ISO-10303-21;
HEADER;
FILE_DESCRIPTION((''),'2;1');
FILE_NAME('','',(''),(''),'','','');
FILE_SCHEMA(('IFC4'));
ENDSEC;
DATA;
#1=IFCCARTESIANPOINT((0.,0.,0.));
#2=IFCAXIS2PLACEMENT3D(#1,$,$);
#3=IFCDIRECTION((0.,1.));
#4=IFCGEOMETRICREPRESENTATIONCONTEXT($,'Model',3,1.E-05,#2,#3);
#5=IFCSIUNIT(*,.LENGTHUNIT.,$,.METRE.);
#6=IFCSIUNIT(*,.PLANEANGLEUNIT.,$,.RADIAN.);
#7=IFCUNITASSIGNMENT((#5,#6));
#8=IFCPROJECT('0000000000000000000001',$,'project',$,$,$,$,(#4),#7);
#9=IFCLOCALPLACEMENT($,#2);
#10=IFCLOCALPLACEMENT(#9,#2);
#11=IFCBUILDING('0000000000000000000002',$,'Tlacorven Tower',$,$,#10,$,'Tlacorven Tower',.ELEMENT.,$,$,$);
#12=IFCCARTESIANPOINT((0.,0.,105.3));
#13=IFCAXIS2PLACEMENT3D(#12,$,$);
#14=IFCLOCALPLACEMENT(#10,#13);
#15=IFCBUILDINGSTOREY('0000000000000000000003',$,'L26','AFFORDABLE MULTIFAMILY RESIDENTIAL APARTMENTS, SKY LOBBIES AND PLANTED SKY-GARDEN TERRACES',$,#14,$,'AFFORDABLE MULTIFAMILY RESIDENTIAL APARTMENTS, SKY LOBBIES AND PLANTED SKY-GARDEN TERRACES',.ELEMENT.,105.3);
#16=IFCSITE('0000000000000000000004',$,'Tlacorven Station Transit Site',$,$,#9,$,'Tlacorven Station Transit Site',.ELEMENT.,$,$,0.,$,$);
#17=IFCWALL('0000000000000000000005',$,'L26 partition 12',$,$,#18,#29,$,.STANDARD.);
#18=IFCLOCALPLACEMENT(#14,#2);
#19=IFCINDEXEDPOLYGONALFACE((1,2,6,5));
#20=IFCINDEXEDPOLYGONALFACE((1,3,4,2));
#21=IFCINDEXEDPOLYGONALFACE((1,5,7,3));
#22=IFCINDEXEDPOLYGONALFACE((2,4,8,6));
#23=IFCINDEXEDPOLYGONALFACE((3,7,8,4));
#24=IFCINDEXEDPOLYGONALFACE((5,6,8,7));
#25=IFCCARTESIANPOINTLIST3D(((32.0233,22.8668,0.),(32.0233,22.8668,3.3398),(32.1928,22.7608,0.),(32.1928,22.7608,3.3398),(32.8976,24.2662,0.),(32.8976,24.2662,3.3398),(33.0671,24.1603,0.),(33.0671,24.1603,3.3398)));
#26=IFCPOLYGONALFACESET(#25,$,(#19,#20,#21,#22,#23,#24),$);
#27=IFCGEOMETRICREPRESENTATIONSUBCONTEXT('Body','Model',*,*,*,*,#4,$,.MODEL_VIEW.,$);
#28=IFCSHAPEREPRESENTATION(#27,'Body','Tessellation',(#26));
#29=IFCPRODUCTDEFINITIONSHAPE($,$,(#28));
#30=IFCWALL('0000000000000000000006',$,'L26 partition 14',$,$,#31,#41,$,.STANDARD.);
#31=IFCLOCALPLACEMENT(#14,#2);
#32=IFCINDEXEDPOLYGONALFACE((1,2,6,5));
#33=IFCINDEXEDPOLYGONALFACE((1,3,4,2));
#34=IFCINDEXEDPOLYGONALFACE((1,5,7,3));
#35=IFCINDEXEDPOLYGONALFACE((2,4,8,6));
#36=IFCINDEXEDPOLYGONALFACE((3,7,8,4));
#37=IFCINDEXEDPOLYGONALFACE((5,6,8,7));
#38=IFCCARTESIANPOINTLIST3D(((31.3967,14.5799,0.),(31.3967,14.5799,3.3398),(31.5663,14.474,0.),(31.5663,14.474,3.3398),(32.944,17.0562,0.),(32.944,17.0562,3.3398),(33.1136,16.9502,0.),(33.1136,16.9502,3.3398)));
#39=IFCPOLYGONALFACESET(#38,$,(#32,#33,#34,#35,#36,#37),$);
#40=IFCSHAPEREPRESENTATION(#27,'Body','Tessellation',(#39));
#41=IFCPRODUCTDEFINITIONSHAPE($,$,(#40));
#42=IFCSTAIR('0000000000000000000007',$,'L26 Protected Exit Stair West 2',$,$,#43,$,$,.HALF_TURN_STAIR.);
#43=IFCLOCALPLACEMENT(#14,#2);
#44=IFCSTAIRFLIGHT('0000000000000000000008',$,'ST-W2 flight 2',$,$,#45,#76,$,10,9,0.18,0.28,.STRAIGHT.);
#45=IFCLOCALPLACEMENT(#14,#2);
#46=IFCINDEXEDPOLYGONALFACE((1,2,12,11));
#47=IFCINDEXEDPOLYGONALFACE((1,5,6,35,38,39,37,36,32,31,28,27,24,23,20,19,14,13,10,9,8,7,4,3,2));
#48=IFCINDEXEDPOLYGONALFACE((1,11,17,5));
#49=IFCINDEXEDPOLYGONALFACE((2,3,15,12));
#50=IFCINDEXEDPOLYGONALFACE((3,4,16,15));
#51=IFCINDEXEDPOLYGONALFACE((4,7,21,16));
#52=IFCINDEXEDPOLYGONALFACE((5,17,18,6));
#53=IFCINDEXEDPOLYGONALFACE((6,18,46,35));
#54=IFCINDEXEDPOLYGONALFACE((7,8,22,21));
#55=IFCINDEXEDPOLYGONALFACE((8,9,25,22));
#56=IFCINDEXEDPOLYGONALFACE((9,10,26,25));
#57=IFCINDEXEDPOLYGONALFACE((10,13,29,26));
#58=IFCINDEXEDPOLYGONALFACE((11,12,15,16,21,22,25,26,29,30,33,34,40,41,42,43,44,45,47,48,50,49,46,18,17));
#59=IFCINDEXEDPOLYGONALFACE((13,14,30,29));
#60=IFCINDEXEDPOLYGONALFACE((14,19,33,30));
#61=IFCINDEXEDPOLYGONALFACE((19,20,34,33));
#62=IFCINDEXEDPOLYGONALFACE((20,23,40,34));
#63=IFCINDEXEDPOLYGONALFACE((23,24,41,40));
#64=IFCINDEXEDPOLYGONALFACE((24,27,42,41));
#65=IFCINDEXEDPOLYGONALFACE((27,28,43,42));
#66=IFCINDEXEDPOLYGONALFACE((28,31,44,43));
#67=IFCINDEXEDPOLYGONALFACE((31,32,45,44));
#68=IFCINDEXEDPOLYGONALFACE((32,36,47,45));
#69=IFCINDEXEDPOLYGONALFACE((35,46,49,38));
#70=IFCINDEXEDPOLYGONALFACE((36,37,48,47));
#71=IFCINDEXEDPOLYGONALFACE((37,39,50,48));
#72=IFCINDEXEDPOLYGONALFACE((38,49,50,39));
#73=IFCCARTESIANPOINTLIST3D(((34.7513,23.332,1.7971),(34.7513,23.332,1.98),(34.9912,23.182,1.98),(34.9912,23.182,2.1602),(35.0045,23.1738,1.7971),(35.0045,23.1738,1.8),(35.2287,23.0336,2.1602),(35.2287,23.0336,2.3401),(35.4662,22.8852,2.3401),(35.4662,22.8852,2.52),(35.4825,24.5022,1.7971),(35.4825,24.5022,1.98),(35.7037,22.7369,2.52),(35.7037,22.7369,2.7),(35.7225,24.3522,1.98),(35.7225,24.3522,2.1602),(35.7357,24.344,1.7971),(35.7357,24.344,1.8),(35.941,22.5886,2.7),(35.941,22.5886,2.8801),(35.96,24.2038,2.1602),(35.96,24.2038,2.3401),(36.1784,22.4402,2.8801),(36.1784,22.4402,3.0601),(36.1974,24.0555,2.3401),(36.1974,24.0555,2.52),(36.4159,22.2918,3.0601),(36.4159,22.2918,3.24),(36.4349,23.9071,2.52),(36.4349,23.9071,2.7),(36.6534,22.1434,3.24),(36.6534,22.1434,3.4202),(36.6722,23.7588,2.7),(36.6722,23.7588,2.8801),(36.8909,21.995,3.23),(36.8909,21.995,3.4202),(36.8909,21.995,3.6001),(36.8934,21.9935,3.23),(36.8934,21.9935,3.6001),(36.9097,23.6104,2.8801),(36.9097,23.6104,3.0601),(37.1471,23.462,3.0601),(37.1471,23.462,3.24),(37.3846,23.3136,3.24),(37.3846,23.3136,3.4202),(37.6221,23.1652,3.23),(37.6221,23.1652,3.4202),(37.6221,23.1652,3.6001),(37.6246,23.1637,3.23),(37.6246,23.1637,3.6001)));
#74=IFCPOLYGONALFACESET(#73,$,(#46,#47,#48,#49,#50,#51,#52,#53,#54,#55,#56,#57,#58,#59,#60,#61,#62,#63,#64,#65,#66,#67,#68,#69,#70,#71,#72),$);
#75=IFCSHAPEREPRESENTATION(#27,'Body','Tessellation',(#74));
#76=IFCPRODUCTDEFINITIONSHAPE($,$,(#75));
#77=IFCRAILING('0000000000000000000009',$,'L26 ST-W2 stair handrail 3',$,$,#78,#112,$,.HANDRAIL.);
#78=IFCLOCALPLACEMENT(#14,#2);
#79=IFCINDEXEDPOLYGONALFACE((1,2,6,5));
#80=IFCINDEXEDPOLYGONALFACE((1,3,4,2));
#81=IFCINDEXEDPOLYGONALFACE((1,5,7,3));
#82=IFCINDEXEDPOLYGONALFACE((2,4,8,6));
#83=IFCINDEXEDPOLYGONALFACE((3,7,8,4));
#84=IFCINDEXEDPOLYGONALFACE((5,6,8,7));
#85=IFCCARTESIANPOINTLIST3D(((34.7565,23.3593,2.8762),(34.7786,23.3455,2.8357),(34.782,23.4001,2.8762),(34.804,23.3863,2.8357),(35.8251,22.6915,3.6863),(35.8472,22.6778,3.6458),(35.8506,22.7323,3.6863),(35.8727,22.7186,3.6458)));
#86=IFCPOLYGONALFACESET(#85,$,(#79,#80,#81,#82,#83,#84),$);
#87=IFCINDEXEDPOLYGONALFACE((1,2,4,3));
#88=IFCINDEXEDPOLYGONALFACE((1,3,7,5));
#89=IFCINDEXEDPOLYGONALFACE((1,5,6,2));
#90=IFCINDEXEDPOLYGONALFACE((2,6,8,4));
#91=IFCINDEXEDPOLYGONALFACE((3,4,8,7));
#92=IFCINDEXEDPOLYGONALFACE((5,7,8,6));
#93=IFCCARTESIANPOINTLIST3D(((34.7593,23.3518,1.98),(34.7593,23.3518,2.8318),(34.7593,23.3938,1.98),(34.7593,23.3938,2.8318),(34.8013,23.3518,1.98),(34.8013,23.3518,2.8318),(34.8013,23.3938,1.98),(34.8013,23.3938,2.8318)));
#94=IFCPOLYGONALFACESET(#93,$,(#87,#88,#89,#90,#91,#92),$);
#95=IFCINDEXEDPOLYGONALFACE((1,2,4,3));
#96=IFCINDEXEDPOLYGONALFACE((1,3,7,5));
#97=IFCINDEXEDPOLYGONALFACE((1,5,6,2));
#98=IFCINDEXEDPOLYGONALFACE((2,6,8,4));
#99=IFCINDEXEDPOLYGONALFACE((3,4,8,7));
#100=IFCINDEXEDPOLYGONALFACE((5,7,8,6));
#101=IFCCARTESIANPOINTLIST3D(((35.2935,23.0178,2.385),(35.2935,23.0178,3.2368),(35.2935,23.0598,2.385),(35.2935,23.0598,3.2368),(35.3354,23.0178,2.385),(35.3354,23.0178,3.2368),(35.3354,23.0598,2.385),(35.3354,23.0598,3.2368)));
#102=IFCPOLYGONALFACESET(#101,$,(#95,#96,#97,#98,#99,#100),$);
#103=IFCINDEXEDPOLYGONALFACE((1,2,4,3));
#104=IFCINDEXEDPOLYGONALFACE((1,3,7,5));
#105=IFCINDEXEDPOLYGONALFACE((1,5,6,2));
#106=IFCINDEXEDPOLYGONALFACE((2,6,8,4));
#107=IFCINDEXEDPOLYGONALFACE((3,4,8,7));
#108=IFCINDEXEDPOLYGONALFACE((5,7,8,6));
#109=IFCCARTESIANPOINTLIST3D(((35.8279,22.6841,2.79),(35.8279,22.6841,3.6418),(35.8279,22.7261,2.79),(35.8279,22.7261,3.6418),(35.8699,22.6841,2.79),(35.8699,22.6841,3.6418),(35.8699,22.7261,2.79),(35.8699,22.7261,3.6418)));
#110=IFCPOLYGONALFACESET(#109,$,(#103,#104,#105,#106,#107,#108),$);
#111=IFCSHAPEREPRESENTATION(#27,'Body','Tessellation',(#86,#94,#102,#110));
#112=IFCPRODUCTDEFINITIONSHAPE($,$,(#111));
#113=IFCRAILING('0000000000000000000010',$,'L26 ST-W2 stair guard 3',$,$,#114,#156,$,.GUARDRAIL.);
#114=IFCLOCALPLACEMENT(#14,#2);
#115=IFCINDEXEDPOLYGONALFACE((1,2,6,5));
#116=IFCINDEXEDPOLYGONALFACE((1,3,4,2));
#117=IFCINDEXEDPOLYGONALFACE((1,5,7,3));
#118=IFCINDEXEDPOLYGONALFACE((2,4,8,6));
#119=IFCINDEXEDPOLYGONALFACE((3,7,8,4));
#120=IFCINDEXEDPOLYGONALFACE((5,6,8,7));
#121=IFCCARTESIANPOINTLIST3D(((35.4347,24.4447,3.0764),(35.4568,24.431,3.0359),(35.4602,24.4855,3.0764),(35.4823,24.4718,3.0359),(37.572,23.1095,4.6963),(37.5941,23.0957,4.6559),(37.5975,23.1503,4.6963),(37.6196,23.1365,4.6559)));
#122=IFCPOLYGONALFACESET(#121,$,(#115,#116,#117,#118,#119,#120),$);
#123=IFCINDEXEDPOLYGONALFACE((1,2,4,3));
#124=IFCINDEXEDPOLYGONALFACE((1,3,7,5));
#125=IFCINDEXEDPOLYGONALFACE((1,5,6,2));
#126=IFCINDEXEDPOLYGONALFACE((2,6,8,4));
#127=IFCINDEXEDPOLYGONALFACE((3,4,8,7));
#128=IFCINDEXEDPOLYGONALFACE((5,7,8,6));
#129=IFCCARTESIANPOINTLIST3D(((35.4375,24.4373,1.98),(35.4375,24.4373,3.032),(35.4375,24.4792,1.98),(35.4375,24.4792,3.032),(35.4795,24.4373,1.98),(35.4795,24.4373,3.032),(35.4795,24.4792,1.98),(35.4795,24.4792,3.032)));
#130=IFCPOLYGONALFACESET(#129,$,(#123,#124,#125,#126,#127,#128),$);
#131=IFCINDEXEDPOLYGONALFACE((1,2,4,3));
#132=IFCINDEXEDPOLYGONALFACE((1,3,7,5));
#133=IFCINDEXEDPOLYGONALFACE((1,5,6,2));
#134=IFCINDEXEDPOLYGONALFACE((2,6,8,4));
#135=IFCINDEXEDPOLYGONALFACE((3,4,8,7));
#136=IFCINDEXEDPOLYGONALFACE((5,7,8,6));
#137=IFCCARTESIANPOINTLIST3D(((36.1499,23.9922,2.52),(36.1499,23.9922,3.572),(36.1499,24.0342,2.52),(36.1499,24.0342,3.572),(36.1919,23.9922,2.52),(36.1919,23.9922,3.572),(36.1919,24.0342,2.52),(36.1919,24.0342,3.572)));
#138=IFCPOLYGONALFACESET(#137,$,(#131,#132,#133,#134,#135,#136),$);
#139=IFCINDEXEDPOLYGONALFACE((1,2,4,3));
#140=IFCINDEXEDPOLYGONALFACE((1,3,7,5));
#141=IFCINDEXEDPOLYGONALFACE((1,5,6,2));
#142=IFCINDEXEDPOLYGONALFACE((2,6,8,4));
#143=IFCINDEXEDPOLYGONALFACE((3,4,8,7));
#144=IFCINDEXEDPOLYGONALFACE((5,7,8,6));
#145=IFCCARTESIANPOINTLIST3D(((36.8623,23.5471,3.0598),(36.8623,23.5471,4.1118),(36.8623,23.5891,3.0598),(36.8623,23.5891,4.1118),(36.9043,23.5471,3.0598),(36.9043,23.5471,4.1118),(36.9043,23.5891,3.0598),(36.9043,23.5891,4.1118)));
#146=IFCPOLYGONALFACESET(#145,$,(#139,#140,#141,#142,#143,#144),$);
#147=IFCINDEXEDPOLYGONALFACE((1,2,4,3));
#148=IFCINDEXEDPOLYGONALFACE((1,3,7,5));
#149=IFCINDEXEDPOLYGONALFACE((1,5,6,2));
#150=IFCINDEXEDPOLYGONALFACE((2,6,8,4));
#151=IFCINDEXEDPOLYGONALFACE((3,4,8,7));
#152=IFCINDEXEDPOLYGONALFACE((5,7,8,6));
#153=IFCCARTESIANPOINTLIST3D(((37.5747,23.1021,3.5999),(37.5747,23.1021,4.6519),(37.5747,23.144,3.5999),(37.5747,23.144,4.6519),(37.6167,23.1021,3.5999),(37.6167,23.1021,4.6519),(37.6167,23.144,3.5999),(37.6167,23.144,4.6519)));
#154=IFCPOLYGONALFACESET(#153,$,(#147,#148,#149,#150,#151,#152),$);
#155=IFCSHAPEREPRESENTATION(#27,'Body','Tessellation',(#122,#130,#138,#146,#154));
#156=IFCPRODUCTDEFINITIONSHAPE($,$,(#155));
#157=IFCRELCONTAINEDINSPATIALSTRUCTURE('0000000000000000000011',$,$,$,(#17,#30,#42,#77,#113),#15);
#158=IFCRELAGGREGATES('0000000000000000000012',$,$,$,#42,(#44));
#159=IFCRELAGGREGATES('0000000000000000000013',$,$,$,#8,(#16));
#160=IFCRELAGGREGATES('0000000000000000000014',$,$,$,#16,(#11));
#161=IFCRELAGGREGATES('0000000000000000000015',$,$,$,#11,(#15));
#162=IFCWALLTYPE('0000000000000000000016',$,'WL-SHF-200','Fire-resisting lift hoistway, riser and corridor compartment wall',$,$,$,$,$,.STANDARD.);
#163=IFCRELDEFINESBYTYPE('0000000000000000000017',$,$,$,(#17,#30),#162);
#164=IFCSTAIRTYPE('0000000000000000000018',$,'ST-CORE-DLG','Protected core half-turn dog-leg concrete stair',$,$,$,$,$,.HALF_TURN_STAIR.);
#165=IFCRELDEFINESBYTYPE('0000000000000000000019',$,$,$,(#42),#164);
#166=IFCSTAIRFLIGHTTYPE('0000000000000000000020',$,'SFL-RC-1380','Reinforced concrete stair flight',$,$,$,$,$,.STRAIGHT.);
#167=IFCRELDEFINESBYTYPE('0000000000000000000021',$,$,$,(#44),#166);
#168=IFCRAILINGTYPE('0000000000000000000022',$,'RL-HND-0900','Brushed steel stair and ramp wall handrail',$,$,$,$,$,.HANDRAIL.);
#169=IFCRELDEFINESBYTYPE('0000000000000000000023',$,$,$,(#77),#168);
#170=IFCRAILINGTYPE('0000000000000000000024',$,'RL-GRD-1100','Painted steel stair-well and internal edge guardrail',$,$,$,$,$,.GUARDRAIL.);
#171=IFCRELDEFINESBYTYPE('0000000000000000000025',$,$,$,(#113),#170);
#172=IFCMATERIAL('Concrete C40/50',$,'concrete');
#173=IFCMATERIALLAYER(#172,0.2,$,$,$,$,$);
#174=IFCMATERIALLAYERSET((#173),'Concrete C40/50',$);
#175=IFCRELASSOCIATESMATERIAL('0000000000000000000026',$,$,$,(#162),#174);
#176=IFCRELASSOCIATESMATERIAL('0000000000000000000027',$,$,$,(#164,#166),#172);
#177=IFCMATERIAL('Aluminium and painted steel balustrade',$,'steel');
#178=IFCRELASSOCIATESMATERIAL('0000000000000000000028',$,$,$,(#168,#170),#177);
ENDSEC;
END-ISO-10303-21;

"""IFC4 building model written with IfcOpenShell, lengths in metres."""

from ifc_helpers import new_model, si_unit, direction, frame, frame_2d, origin, origin_2d, place, context, subcontext, project, spatial, polyline, rectangle, outline, extrude, source, transform, mapped, material, layer, layer_set, type_object, element, aggregate, save


model = new_model("IFC4")

# Units and contexts
model_context = context("Model", 3, precision=1e-05, world=origin(), true_north=direction((0.0, 1.0)))
body_context = subcontext(model_context, "Body", "Model", "MODEL_VIEW")
ifc_project = project(units=[si_unit("LENGTHUNIT", "METRE"), si_unit("PLANEANGLEUNIT", "RADIAN")], contexts=[model_context])

# Site, building, storey
site_placement = place(None, origin())
site = spatial("IfcSite", under=ifc_project, at=site_placement, Name="Tlacorven Station Transit Site", LongName="Tlacorven Station Transit Site", CompositionType="ELEMENT", RefElevation=0.0)
building_placement = place(site_placement, origin())
building = spatial("IfcBuilding", under=site, at=building_placement, Name="Tlacorven Tower", LongName="Tlacorven Tower", CompositionType="ELEMENT")
storey_placement = place(building_placement, frame((0.0, 0.0, 105.3)))
storey = spatial("IfcBuildingStorey", under=building, at=storey_placement, Name="L26", Description="AFFORDABLE MULTIFAMILY RESIDENTIAL APARTMENTS, SKY LOBBIES AND PLANTED SKY-GARDEN TERRACES", LongName="AFFORDABLE MULTIFAMILY RESIDENTIAL APARTMENTS, SKY LOBBIES AND PLANTED SKY-GARDEN TERRACES", CompositionType="ELEMENT", Elevation=105.3)

# Shared definitions
ifc_material_1 = material(Name="Concrete C40/50", Category="concrete")
ifc_layer = layer(ifc_material_1, 0.2)
ifc_layer_set = layer_set([ifc_layer], Name="Concrete C40/50")
wall_type = type_object("IfcWallType", Name="WL-SHF-200", Description="Fire-resisting lift hoistway, riser and corridor compartment wall", PredefinedType="STANDARD", material=ifc_layer_set)

# Walls
wall_1_placement = place(storey_placement, frame((32.9824, 24.2134, 0.0), z_axis=(0.0, 0.0, 1.0), x_axis=(-0.529839, -0.848098, 0.0)))
element("IfcWall", 1, at=wall_1_placement, inside=storey, type_object=wall_type, Name="L26 partition 12", PredefinedType="STANDARD", context=body_context, shape_type="SweptSolid", body=[
    extrude(rectangle(XDim=1.6501, YDim=0.2, at=frame_2d((0.8252, 0.0))), origin(), (0.0, 0.0, 1.0), 3.3398),
])
wall_2_placement = place(storey_placement, frame((33.0288, 17.0032, 0.0), z_axis=(0.0, 0.0, 1.0), x_axis=(-0.529916, -0.84805, 0.0)))
element("IfcWall", 2, at=wall_2_placement, inside=storey, type_object=wall_type, Name="L26 partition 14", PredefinedType="STANDARD", context=body_context, shape_type="SweptSolid", body=[
    extrude(rectangle(XDim=2.9199, YDim=0.2, at=frame_2d((1.46, 0.0))), origin(), (0.0, 0.0, 1.0), 3.3398),
])

# Stair, stair flight
stair_type = type_object("IfcStairType", Name="ST-CORE-DLG", Description="Protected core half-turn dog-leg concrete stair", PredefinedType="HALF_TURN_STAIR", material=ifc_material_1)
stair_placement = place(storey_placement, origin())
stair = element("IfcStair", 3, at=stair_placement, inside=storey, type_object=stair_type, Name="L26 Protected Exit Stair West 2", PredefinedType="HALF_TURN_STAIR")
stair_flight_type = type_object("IfcStairFlightType", Name="SFL-RC-1380", Description="Reinforced concrete stair flight", PredefinedType="STRAIGHT", material=ifc_material_1)
shared_shape_1 = source(origin(), body_context, "Body", "SweptSolid", [
    extrude(outline(polyline([(-0.0029, -0.0029), (-0.0029, 0.1799), (0.28, 0.1799), (0.28, 0.3601), (0.5601, 0.3601), (0.5601, 0.54), (0.8401, 0.54), (0.8401, 0.72), (1.1201, 0.72), (1.1201, 0.8999), (1.3999, 0.8999), (1.3999, 1.0801), (1.6799, 1.0801), (1.6799, 1.26), (1.96, 1.26), (1.96, 1.4399), (2.24, 1.4399), (2.24, 1.6201), (2.52, 1.6201), (2.52, 1.8), (2.5229, 1.8), (2.5229, 1.4299), (2.52, 1.4299), (0.2957, 0.0), (0.2957, -0.0029), (-0.0029, -0.0029)])), frame((0.0, 0.6899, 0.0), z_axis=(0.0, -1.0, 0.0), x_axis=(1.0, 0.0, 0.0)), (0.0, 0.0, 1.0), 1.3799),
])
stair_flight_placement = place(storey_placement, frame((35.1194, 23.9155, 1.8), z_axis=(0.0, 0.0, 1.0), x_axis=(0.848048, -0.529919, 0.0)))
stair_flight = element("IfcStairFlight", 4, at=stair_flight_placement, type_object=stair_flight_type, Name="ST-W2 flight 2", NumberOfRisers=10, NumberOfTreads=9, PredefinedType="STRAIGHT", RiserHeight=0.18, TreadLength=0.28, context=body_context, shape_type="MappedRepresentation", body=[
    mapped(shared_shape_1, transform((0.0, 0.0, 0.0), scale=1.0)),
])
aggregate(stair, [stair_flight])

# Railings
ifc_material_2 = material(Name="Aluminium and painted steel balustrade", Category="steel")
railing_type_1 = type_object("IfcRailingType", Name="RL-HND-0900", Description="Brushed steel stair and ramp wall handrail", PredefinedType="HANDRAIL", material=ifc_material_2)
shared_shape_2 = source(origin(), body_context, "Body", "SweptSolid", [
    extrude(rectangle(XDim=0.0481, YDim=0.0481, at=origin_2d()), frame((0.0, 0.0, 0.876), z_axis=(0.71336, -0.445748, 0.540765), x_axis=(0.529912, 0.848053, 0.0)), (0.0, 0.0, 1.0), 1.498),
    extrude(rectangle(XDim=0.042, YDim=0.042, at=origin_2d()), origin(), (0.0, 0.0, 1.0), 0.8518),
    extrude(rectangle(XDim=0.042, YDim=0.042, at=origin_2d()), frame((0.5342, -0.334, 0.405)), (0.0, 0.0, 1.0), 0.8518),
    extrude(rectangle(XDim=0.042, YDim=0.042, at=origin_2d()), frame((1.0686, -0.6677, 0.8101)), (0.0, 0.0, 1.0), 0.8518),
])
railing_1_placement = place(storey_placement, frame((34.7803, 23.3728, 1.98)))
element("IfcRailing", 5, at=railing_1_placement, inside=storey, type_object=railing_type_1, Name="L26 ST-W2 stair handrail 3", PredefinedType="HANDRAIL", context=body_context, shape_type="MappedRepresentation", body=[
    mapped(shared_shape_2, transform((0.0, 0.0, 0.0), scale=1.0)),
])
railing_type_2 = type_object("IfcRailingType", Name="RL-GRD-1100", Description="Painted steel stair-well and internal edge guardrail", PredefinedType="GUARDRAIL", material=ifc_material_2)
shared_shape_3 = source(origin(), body_context, "Body", "SweptSolid", [
    extrude(rectangle(XDim=0.0481, YDim=0.0481, at=origin_2d()), frame((0.0, 0.0, 1.0762), z_axis=(0.713417, -0.445702, 0.540727), x_axis=(0.529842, 0.848096, 0.0)), (0.0, 0.0, 1.0), 2.9958),
    extrude(rectangle(XDim=0.042, YDim=0.042, at=origin_2d()), origin(), (0.0, 0.0, 1.0), 1.052),
    extrude(rectangle(XDim=0.042, YDim=0.042, at=origin_2d()), frame((0.7124, -0.4451, 0.54)), (0.0, 0.0, 1.0), 1.052),
    extrude(rectangle(XDim=0.042, YDim=0.042, at=origin_2d()), frame((1.4248, -0.8901, 1.0798)), (0.0, 0.0, 1.0), 1.052),
    extrude(rectangle(XDim=0.042, YDim=0.042, at=origin_2d()), frame((2.1372, -1.3352, 1.6199)), (0.0, 0.0, 1.0), 1.052),
])
railing_2_placement = place(storey_placement, frame((35.4585, 24.4583, 1.98)))
element("IfcRailing", 6, at=railing_2_placement, inside=storey, type_object=railing_type_2, Name="L26 ST-W2 stair guard 3", PredefinedType="GUARDRAIL", context=body_context, shape_type="MappedRepresentation", body=[
    mapped(shared_shape_3, transform((0.0, 0.0, 0.0), scale=1.0)),
])

save(model, "model.ifc")
